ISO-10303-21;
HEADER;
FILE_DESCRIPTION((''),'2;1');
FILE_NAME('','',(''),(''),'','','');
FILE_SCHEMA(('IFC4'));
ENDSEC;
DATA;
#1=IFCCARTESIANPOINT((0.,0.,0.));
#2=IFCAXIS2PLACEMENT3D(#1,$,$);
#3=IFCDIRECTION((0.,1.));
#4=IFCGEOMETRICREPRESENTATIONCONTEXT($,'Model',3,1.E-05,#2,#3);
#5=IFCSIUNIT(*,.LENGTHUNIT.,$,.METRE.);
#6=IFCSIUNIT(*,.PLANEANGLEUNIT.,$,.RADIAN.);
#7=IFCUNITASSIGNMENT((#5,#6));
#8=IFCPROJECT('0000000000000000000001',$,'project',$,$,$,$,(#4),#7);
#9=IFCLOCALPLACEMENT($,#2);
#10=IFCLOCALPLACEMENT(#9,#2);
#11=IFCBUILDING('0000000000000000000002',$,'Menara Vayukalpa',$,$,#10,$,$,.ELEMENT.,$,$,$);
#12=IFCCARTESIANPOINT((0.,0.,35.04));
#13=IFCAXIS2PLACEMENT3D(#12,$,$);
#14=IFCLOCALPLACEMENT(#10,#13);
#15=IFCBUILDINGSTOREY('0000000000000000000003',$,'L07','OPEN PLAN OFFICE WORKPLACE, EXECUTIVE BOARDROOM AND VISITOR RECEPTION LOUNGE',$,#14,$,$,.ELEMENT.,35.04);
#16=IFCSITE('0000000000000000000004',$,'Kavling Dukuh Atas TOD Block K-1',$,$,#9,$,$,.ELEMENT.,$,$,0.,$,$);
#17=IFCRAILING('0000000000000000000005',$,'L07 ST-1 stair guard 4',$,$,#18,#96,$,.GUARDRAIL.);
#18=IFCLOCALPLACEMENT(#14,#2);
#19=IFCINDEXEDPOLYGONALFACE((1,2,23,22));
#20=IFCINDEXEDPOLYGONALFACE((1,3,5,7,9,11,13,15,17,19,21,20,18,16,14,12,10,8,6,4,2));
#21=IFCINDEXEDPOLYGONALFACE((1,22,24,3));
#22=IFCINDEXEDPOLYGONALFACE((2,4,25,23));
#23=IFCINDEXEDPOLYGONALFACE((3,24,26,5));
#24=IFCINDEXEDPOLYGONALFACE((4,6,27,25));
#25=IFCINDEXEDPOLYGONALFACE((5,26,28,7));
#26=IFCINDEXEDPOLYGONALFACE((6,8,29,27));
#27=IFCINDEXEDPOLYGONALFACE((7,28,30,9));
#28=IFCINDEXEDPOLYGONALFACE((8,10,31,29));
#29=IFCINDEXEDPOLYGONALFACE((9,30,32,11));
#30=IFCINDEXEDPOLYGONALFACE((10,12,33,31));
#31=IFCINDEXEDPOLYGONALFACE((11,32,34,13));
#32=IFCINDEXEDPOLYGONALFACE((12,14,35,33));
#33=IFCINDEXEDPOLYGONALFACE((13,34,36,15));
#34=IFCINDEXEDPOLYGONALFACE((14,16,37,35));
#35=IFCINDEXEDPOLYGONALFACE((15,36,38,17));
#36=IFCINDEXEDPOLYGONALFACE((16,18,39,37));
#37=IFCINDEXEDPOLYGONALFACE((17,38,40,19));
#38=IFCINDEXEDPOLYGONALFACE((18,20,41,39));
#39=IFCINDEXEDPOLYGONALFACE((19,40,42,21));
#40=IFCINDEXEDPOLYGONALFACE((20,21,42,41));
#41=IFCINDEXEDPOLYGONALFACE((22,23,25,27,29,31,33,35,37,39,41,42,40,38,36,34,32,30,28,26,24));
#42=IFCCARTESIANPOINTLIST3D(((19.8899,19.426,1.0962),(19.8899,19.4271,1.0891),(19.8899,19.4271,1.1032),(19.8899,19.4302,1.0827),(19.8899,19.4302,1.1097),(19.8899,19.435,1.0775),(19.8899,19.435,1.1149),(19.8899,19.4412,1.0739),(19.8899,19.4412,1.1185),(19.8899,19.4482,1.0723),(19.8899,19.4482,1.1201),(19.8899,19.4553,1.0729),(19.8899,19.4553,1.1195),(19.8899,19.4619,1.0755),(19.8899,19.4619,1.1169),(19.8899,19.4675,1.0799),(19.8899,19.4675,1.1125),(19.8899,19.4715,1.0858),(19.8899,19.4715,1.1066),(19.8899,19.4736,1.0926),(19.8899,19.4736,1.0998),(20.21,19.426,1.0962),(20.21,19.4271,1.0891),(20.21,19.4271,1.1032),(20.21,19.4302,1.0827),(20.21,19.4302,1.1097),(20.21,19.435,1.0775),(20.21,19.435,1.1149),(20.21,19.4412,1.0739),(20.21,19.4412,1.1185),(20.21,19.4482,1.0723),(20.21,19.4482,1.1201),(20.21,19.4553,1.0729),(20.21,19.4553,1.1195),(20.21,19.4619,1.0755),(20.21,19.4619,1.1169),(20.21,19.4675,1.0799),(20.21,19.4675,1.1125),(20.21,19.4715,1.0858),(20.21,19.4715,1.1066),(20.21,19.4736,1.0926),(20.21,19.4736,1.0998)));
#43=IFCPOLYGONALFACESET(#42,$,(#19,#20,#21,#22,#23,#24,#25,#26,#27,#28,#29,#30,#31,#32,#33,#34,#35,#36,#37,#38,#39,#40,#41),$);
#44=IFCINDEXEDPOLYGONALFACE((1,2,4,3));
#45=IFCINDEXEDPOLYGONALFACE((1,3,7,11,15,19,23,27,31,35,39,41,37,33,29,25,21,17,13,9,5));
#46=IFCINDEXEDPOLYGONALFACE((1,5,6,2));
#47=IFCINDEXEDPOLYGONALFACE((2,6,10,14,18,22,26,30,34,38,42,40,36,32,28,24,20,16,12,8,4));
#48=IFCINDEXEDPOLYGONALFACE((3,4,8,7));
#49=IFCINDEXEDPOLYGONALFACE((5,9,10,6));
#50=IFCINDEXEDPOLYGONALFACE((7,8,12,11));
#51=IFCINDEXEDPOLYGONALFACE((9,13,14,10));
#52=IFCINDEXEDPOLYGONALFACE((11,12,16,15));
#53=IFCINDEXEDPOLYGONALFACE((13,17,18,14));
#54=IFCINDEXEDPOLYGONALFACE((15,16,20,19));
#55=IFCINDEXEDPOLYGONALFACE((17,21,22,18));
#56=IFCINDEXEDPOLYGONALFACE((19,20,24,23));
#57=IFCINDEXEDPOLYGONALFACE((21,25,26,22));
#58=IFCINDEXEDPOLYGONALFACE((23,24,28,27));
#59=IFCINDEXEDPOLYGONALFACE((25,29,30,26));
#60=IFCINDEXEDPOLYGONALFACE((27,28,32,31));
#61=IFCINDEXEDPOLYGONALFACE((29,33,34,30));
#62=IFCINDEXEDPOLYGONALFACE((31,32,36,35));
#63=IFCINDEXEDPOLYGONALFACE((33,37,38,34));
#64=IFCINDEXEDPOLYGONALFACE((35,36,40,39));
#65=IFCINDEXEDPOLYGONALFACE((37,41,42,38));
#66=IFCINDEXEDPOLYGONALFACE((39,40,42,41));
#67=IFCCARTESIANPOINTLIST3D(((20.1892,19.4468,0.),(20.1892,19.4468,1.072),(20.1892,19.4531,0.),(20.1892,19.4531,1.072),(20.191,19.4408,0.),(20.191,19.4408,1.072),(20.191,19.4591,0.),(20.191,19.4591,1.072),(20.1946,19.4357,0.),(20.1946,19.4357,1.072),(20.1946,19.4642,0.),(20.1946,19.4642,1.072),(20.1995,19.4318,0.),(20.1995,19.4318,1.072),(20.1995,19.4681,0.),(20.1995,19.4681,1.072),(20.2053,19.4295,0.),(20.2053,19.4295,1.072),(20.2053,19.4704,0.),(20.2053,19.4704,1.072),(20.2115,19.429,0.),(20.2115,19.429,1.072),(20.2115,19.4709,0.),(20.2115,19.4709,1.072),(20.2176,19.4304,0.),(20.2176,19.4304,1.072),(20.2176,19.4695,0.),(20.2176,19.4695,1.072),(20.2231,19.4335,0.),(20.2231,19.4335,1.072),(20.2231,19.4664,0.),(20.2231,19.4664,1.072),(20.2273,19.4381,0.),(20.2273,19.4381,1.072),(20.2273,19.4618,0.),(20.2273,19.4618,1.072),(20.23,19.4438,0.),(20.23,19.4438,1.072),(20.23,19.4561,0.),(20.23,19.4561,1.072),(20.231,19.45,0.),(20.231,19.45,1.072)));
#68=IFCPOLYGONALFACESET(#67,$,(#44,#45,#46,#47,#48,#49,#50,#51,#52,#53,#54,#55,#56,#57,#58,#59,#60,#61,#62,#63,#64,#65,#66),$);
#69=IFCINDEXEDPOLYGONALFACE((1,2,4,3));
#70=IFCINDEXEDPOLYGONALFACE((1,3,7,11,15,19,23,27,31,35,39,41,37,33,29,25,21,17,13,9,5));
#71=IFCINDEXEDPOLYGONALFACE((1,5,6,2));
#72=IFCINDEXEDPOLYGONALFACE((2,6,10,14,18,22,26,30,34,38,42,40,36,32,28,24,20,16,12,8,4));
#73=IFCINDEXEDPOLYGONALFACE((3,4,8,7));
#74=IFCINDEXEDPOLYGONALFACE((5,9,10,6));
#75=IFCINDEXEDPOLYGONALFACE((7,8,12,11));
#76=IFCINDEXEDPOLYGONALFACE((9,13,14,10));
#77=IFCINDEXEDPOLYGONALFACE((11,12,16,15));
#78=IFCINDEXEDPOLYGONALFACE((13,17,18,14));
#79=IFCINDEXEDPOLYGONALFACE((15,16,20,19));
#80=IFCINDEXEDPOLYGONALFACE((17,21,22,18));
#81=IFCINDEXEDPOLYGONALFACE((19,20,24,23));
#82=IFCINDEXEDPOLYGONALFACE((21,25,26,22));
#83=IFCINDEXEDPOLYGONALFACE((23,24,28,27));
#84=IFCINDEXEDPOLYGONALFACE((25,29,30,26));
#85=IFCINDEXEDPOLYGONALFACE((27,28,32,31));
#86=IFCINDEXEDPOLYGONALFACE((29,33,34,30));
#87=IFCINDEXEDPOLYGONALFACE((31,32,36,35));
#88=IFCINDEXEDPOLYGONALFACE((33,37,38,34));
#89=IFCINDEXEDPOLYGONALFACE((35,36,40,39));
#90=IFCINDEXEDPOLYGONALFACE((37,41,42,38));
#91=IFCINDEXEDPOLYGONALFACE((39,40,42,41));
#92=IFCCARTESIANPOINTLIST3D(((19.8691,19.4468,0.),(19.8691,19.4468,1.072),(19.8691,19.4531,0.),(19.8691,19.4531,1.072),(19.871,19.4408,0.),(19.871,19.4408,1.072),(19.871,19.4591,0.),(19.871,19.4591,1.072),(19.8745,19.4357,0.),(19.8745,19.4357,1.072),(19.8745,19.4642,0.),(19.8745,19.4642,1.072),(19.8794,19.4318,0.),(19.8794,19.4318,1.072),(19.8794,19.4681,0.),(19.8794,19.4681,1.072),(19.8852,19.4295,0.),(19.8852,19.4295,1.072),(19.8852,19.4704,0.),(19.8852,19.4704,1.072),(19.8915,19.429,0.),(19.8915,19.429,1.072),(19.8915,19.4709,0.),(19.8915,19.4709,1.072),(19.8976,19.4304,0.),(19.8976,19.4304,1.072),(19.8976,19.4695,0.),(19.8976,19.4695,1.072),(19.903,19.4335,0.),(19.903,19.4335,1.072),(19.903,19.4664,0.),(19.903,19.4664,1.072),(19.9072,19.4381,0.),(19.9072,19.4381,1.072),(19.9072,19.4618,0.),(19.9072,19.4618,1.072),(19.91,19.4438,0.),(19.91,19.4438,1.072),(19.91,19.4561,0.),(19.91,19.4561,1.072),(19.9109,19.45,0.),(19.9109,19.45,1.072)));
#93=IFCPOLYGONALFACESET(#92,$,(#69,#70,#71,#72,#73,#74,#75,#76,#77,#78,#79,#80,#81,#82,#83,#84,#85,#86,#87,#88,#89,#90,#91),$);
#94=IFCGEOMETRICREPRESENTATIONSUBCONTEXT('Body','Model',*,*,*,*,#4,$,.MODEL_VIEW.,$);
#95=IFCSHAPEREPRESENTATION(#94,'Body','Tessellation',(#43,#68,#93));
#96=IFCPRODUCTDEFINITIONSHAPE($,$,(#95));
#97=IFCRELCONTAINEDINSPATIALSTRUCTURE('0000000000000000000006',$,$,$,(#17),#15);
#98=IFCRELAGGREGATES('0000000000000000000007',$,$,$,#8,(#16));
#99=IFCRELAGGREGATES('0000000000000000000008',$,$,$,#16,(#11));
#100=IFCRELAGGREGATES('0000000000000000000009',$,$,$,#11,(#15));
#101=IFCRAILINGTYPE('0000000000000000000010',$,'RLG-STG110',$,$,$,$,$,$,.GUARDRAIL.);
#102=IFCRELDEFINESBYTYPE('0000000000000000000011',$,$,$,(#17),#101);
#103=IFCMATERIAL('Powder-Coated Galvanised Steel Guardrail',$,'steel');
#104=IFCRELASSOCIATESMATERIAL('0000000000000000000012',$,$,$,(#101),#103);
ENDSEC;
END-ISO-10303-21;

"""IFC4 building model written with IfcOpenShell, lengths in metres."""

from ifc_helpers import new_model, si_unit, direction, frame, origin, origin_2d, place, context, subcontext, project, spatial, circle, extrude, material, type_object, element, save


model = new_model("IFC4")

# Units and contexts
model_context = context("Model", 3, precision=1e-05, world=origin(), true_north=direction((0.0, 1.0)))
body_context = subcontext(model_context, "Body", "Model", "MODEL_VIEW")
ifc_project = project(units=[si_unit("LENGTHUNIT", "METRE"), si_unit("PLANEANGLEUNIT", "RADIAN")], contexts=[model_context])

# Site, building, storey
site_placement = place(None, origin())
site = spatial("IfcSite", under=ifc_project, at=site_placement, Name="Kavling Dukuh Atas TOD Block K-1", CompositionType="ELEMENT", RefElevation=0.0)
building_placement = place(site_placement, origin())
building = spatial("IfcBuilding", under=site, at=building_placement, Name="Menara Vayukalpa", CompositionType="ELEMENT")
storey_placement = place(building_placement, frame((0.0, 0.0, 35.04)))
storey = spatial("IfcBuildingStorey", under=building, at=storey_placement, Name="L07", Description="OPEN PLAN OFFICE WORKPLACE, EXECUTIVE BOARDROOM AND VISITOR RECEPTION LOUNGE", CompositionType="ELEMENT", Elevation=35.04)

# Railing
ifc_material_1 = material(Name="Powder-Coated Galvanised Steel Guardrail", Category="steel")
railing_type_1 = type_object("IfcRailingType", Name="RLG-STG110", PredefinedType="GUARDRAIL", material=ifc_material_1)
railing_1_placement = place(storey_placement, frame((20.21, 19.45, 0.0)))
element("IfcRailing", 1, at=railing_1_placement, inside=storey, type_object=railing_type_1, Name="L07 ST-1 stair guard 4", PredefinedType="GUARDRAIL", context=body_context, shape_type="SweptSolid", body=[
    extrude(circle(Radius=0.0239, at=origin_2d()), frame((0.0, 0.0, 1.0962), z_axis=(-1.0, 0.0, 0.0), x_axis=(0.0, -1.0, 0.0)), (0.0, 0.0, 1.0), 0.3201),
    extrude(circle(Radius=0.021, at=origin_2d()), origin(), (0.0, 0.0, 1.0), 1.072),
    extrude(circle(Radius=0.021, at=origin_2d()), frame((-0.3201, 0.0, 0.0)), (0.0, 0.0, 1.0), 1.072),
])

save(model, "model.ifc")
